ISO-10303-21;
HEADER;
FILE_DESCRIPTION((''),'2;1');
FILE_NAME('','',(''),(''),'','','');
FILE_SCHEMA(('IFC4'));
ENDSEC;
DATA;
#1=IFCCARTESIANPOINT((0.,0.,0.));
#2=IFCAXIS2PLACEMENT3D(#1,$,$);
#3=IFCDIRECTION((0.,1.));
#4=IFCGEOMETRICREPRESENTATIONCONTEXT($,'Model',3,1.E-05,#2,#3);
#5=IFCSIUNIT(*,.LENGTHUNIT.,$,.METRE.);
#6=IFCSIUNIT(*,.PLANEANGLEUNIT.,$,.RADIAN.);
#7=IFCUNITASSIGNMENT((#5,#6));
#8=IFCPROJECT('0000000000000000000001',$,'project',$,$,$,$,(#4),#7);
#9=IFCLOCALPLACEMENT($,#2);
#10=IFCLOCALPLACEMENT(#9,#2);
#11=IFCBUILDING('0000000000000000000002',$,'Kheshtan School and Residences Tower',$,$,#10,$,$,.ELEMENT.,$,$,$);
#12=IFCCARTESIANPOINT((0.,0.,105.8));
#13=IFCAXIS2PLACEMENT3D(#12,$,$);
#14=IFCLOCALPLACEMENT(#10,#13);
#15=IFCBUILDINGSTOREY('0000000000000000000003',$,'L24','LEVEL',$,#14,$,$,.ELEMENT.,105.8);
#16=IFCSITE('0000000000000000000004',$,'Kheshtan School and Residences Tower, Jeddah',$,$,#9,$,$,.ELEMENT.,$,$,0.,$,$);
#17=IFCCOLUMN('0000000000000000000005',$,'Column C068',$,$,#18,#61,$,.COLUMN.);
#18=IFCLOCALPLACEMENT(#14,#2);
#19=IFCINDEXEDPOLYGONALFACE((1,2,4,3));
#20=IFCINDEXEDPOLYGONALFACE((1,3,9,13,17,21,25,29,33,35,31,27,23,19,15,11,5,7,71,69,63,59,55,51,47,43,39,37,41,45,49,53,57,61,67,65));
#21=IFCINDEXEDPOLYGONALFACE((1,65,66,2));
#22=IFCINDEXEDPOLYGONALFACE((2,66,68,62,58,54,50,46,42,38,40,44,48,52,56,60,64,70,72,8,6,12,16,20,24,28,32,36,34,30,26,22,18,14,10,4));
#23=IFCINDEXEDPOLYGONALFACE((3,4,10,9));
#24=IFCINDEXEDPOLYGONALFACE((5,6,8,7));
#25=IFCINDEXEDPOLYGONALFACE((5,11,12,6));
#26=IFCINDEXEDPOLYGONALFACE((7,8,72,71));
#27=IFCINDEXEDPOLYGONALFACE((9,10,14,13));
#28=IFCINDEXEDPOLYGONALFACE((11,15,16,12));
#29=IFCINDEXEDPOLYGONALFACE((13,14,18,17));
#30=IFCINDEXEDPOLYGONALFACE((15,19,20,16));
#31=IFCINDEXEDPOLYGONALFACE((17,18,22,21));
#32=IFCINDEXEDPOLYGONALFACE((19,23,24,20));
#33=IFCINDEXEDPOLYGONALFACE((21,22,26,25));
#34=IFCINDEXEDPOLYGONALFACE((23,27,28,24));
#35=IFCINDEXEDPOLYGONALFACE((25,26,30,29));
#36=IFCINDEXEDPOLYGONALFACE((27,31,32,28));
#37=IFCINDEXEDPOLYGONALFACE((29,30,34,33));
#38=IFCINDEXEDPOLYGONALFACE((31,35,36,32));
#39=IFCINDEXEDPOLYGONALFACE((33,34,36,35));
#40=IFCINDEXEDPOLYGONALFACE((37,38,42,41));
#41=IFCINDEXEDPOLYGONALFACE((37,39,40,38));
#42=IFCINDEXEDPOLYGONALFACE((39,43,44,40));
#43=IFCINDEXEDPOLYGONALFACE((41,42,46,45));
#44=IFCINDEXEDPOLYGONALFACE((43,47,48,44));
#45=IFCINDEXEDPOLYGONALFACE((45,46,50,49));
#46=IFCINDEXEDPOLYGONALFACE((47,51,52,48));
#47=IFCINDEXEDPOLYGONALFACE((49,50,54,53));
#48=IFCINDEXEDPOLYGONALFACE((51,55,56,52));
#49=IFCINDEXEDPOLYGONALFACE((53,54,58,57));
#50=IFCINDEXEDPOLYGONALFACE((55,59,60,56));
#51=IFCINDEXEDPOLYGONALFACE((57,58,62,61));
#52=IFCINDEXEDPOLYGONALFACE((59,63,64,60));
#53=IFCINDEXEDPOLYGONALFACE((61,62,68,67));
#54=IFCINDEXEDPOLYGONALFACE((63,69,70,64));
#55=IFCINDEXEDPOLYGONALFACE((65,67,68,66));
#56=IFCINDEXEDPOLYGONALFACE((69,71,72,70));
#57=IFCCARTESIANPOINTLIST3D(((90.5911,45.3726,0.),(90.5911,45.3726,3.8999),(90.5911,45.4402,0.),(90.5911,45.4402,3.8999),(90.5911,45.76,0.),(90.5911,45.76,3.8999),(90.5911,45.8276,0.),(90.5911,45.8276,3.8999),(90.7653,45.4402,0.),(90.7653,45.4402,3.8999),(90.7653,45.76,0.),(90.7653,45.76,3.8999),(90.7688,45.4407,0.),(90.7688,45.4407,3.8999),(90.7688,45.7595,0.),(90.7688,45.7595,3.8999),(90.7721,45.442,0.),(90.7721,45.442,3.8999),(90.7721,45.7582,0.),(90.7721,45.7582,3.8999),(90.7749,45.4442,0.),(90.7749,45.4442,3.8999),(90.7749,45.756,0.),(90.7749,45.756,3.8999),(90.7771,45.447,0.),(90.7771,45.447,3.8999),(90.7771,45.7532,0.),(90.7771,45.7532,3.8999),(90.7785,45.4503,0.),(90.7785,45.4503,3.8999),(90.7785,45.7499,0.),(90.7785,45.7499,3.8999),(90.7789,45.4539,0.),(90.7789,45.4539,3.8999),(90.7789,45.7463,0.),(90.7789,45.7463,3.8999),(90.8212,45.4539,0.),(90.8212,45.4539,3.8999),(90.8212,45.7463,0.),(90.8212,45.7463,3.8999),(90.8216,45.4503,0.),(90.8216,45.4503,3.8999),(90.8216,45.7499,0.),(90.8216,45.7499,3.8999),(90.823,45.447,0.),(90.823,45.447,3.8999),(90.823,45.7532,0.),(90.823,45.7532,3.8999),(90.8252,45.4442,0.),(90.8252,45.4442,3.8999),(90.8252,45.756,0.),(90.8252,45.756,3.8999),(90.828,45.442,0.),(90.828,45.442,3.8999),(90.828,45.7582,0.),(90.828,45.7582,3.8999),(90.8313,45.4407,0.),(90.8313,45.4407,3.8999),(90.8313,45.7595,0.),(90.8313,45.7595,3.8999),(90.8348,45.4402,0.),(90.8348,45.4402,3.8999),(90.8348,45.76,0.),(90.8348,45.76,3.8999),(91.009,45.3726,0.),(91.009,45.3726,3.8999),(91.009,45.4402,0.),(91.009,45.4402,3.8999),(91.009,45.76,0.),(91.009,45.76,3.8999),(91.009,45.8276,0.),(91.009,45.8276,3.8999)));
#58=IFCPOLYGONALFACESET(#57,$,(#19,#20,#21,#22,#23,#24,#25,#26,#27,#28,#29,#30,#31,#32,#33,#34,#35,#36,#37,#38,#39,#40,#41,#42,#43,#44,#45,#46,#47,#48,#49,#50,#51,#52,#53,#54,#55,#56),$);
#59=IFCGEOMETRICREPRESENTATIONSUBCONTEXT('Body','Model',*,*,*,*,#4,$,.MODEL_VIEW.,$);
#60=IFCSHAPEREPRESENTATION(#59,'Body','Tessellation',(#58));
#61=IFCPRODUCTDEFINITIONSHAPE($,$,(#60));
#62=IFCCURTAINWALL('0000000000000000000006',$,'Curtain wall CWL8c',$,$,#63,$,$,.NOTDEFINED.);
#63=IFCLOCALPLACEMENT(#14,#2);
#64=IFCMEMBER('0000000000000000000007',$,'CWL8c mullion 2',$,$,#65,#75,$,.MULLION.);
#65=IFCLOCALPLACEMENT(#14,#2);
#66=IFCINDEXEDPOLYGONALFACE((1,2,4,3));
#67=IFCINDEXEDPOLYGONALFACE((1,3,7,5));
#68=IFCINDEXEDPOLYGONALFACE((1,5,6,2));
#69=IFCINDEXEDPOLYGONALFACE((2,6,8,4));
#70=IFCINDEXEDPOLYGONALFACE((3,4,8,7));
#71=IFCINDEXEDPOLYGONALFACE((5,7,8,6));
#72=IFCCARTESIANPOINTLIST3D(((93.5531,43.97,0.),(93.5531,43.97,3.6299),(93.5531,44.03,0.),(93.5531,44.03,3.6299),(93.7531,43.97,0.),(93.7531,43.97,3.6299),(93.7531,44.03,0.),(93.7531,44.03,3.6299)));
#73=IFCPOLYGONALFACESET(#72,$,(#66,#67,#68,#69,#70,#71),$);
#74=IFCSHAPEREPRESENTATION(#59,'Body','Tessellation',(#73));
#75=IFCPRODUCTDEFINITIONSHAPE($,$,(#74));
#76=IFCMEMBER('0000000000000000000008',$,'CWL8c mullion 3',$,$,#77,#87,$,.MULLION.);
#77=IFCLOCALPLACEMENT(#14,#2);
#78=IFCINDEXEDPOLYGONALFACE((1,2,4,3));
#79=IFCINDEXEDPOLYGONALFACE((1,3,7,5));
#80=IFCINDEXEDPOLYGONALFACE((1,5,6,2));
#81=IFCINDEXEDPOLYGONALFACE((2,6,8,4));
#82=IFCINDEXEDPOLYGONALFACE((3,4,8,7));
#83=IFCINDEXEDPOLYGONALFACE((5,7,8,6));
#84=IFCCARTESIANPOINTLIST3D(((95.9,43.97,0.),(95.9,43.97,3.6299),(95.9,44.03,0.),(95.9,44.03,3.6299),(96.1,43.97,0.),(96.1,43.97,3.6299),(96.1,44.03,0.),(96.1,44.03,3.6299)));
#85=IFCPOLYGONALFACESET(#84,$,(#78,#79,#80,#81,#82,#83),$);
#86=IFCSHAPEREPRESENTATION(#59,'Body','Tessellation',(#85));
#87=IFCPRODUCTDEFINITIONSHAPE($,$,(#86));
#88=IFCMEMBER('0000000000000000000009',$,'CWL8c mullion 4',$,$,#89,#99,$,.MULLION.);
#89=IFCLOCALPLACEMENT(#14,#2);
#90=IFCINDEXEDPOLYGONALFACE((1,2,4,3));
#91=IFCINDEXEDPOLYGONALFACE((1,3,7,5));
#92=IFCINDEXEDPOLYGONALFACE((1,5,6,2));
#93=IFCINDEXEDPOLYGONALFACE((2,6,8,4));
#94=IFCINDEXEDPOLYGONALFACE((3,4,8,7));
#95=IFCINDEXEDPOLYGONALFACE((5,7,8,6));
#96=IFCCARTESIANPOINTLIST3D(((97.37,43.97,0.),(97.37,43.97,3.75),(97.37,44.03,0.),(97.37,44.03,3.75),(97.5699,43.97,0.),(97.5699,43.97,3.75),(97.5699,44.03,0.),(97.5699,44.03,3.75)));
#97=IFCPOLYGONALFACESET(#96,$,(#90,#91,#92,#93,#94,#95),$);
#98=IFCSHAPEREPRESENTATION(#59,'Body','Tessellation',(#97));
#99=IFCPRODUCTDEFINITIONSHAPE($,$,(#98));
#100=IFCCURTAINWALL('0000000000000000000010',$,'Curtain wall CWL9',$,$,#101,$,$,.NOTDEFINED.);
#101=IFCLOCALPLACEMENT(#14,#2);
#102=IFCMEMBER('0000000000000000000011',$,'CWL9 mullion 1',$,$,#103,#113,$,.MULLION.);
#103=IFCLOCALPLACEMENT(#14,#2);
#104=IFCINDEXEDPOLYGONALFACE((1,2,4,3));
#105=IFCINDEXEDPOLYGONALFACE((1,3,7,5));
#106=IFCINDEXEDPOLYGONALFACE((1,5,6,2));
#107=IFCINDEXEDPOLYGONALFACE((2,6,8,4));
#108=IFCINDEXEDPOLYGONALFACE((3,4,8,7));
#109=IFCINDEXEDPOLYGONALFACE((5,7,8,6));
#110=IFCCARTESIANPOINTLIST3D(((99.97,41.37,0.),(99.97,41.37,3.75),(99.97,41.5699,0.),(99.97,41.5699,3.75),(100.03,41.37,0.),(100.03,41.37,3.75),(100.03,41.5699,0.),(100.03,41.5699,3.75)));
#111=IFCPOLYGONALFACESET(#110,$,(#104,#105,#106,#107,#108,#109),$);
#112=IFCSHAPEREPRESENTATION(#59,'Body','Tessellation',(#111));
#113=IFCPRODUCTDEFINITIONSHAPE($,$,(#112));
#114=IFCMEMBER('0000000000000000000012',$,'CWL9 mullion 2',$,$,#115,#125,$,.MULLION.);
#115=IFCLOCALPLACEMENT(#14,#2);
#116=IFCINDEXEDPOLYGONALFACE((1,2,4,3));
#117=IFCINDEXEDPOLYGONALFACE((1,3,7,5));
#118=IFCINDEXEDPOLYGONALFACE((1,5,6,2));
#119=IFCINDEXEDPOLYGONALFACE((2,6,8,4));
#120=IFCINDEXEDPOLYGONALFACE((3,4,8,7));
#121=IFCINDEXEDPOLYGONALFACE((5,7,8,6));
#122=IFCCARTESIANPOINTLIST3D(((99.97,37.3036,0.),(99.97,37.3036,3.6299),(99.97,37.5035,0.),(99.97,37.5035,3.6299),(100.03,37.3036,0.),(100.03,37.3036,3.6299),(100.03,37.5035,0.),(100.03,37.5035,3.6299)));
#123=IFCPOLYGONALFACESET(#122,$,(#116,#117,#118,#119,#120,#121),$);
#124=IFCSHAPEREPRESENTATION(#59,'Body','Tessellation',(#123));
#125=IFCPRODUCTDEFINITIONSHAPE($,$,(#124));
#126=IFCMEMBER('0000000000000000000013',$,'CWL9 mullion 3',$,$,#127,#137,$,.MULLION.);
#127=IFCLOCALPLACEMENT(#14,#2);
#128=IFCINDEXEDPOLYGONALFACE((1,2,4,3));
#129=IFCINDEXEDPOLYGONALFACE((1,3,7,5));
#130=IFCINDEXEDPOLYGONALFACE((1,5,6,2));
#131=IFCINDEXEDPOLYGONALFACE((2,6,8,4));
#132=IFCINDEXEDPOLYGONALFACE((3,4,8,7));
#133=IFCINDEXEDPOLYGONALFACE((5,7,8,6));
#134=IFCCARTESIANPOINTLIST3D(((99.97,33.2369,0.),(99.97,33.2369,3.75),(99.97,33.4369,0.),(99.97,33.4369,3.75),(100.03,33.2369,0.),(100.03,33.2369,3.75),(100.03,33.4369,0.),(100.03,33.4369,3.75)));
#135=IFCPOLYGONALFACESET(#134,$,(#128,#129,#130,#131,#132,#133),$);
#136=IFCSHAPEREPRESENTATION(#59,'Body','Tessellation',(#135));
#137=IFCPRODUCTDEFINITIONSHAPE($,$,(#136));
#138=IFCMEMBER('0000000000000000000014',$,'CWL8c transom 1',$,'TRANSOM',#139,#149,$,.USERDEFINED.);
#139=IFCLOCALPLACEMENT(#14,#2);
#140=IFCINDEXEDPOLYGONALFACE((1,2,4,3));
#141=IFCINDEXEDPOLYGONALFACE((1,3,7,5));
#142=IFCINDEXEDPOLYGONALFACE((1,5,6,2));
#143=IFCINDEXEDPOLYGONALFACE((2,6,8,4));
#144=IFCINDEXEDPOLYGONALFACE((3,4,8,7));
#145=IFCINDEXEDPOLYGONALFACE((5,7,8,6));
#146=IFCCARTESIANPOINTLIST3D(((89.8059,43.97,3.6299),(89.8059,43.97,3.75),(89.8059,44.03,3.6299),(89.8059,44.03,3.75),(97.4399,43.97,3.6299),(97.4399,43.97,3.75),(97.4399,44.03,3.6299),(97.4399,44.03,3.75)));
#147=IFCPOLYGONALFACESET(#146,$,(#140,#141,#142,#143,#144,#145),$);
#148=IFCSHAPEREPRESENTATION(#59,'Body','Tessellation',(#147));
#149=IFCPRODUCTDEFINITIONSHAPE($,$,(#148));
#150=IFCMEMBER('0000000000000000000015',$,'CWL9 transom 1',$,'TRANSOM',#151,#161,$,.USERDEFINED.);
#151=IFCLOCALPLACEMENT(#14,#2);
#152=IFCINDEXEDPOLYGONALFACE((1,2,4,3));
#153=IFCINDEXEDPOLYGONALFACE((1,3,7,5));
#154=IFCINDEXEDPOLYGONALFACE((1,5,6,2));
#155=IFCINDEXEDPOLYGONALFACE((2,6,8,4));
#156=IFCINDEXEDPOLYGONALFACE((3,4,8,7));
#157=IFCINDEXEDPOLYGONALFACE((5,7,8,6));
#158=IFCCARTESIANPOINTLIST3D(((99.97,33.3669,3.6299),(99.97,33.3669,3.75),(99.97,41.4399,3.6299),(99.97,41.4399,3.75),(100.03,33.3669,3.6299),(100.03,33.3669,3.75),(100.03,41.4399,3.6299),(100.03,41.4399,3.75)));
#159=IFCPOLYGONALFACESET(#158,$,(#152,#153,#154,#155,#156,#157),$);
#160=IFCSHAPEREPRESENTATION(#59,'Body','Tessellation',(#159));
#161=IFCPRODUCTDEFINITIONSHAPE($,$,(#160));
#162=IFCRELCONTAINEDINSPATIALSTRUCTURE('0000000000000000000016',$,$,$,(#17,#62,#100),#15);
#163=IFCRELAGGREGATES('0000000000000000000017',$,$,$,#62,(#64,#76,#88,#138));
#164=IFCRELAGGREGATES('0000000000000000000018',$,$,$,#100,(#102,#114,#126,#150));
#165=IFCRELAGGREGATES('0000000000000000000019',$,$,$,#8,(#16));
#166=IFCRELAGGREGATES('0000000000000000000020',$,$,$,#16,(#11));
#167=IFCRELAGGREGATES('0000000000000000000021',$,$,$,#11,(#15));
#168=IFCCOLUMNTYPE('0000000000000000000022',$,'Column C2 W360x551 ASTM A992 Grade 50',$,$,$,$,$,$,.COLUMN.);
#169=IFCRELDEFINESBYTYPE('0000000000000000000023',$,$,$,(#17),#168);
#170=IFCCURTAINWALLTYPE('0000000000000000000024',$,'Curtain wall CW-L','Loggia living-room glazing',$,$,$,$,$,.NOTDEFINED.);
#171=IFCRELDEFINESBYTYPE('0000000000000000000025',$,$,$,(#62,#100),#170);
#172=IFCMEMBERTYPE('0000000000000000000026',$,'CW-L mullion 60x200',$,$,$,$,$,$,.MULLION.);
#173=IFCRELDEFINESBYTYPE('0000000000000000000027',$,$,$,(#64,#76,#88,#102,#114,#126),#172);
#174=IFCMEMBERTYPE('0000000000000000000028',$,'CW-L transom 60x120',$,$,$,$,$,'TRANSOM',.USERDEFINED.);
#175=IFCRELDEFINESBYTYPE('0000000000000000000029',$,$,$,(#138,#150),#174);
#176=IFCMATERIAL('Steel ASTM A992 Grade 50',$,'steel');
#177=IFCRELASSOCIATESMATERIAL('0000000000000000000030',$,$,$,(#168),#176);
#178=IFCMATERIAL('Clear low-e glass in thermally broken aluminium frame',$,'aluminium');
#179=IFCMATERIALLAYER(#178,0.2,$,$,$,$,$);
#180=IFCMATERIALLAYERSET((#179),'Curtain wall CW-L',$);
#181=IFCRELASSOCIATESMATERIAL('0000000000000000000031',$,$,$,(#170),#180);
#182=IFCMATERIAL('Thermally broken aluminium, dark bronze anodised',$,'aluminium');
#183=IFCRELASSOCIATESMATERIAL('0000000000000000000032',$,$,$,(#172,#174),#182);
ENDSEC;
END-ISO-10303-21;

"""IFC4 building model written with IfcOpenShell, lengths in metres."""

from ifc_helpers import new_model, si_unit, direction, frame, origin, origin_2d, place, context, subcontext, project, spatial, rectangle, i_section, extrude, material, layer, layer_set, material_profile, profile_set, type_object, element, aggregate, save


model = new_model("IFC4")

# Units and contexts
model_context = context("Model", 3, precision=1e-05, world=origin(), true_north=direction((0.0, 1.0)))
body_context = subcontext(model_context, "Body", "Model", "MODEL_VIEW")
ifc_project = project(units=[si_unit("LENGTHUNIT", "METRE"), si_unit("PLANEANGLEUNIT", "RADIAN")], contexts=[model_context])

# Site, building, storey
site_placement = place(None, origin())
site = spatial("IfcSite", under=ifc_project, at=site_placement, Name="Kheshtan School and Residences Tower, Jeddah", CompositionType="ELEMENT", RefElevation=0.0)
building_placement = place(site_placement, origin())
building = spatial("IfcBuilding", under=site, at=building_placement, Name="Kheshtan School and Residences Tower", CompositionType="ELEMENT")
storey_placement = place(building_placement, frame((0.0, 0.0, 105.8)))
storey = spatial("IfcBuildingStorey", under=building, at=storey_placement, Name="L24", Description="LEVEL", CompositionType="ELEMENT", Elevation=105.8)

# Column
ifc_material_1 = material(Name="Steel ASTM A992 Grade 50", Category="steel")
ifc_material_profile_1 = material_profile(ifc_material_1, i_section(OverallWidth=0.418, OverallDepth=0.4551, WebThickness=0.0422, FlangeThickness=0.0676, FilletRadius=0.0137, at=origin_2d()), Name="W360x551")
ifc_profile_set_1 = profile_set([ifc_material_profile_1], Name="Steel ASTM A992 Grade 50")
column_type = type_object("IfcColumnType", Name="Column C2 W360x551 ASTM A992 Grade 50", PredefinedType="COLUMN", material=ifc_profile_set_1)
column_placement = place(storey_placement, frame((90.8, 45.6001, 0.0), z_axis=(0.0, 0.0, 1.0), x_axis=(1.0, 0.0, 0.0)))
element("IfcColumn", 1, at=column_placement, inside=storey, type_object=column_type, Name="Column C068", PredefinedType="COLUMN", context=body_context, shape_type="SweptSolid", body=[
    extrude(i_section(OverallWidth=0.418, OverallDepth=0.4551, WebThickness=0.0422, FlangeThickness=0.0676, FilletRadius=0.0137, at=origin_2d()), origin(), (0.0, 0.0, 1.0), 3.8999),
])

# Curtain walls, members
ifc_material_2 = material(Name="Clear low-e glass in thermally broken aluminium frame", Category="aluminium")
ifc_layer_1 = layer(ifc_material_2, 0.2)
ifc_layer_set_1 = layer_set([ifc_layer_1], Name="Curtain wall CW-L")
curtain_wall_type = type_object("IfcCurtainWallType", Name="Curtain wall CW-L", Description="Loggia living-room glazing", PredefinedType="NOTDEFINED", material=ifc_layer_set_1)
curtain_wall_1_placement = place(storey_placement, origin())
curtain_wall_1 = element("IfcCurtainWall", 2, at=curtain_wall_1_placement, inside=storey, type_object=curtain_wall_type, Name="Curtain wall CWL8c", PredefinedType="NOTDEFINED")
ifc_material_3 = material(Name="Thermally broken aluminium, dark bronze anodised", Category="aluminium")
ifc_material_profile_2 = material_profile(ifc_material_3, rectangle(XDim=0.0601, YDim=0.2, at=origin_2d()), Name="CW-L mullion 60x200")
ifc_profile_set_2 = profile_set([ifc_material_profile_2], Name="Thermally broken aluminium, dark bronze anodised")
member_type_1 = type_object("IfcMemberType", Name="CW-L mullion 60x200", PredefinedType="MULLION", material=ifc_profile_set_2)
member_1_placement = place(storey_placement, frame((93.6531, 44.0, 0.0), z_axis=(0.0, 0.0, 1.0), x_axis=(0.0, 1.0, 0.0)))
member_1 = element("IfcMember", 3, at=member_1_placement, type_object=member_type_1, Name="CWL8c mullion 2", PredefinedType="MULLION", context=body_context, shape_type="SweptSolid", body=[
    extrude(rectangle(XDim=0.0601, YDim=0.2, at=origin_2d()), origin(), (0.0, 0.0, 1.0), 3.6299),
])
member_2_placement = place(storey_placement, frame((96.0, 44.0, 0.0), z_axis=(0.0, 0.0, 1.0), x_axis=(0.0, 1.0, 0.0)))
member_2 = element("IfcMember", 4, at=member_2_placement, type_object=member_type_1, Name="CWL8c mullion 3", PredefinedType="MULLION", context=body_context, shape_type="SweptSolid", body=[
    extrude(rectangle(XDim=0.0601, YDim=0.2, at=origin_2d()), origin(), (0.0, 0.0, 1.0), 3.6299),
])
member_3_placement = place(storey_placement, frame((97.47, 44.0, 0.0), z_axis=(0.0, 0.0, 1.0), x_axis=(0.0, 1.0, 0.0)))
member_3 = element("IfcMember", 5, at=member_3_placement, type_object=member_type_1, Name="CWL8c mullion 4", PredefinedType="MULLION", context=body_context, shape_type="SweptSolid", body=[
    extrude(rectangle(XDim=0.0601, YDim=0.2, at=origin_2d()), origin(), (0.0, 0.0, 1.0), 3.75),
])
curtain_wall_2_placement = place(storey_placement, origin())
curtain_wall_2 = element("IfcCurtainWall", 6, at=curtain_wall_2_placement, inside=storey, type_object=curtain_wall_type, Name="Curtain wall CWL9", PredefinedType="NOTDEFINED")
member_4_placement = place(storey_placement, frame((100.0, 41.47, 0.0), z_axis=(0.0, 0.0, 1.0), x_axis=(1.0, 0.0, 0.0)))
member_4 = element("IfcMember", 7, at=member_4_placement, type_object=member_type_1, Name="CWL9 mullion 1", PredefinedType="MULLION", context=body_context, shape_type="SweptSolid", body=[
    extrude(rectangle(XDim=0.0601, YDim=0.2, at=origin_2d()), origin(), (0.0, 0.0, 1.0), 3.75),
])
member_5_placement = place(storey_placement, frame((100.0, 37.4036, 0.0), z_axis=(0.0, 0.0, 1.0), x_axis=(1.0, 0.0, 0.0)))
member_5 = element("IfcMember", 8, at=member_5_placement, type_object=member_type_1, Name="CWL9 mullion 2", PredefinedType="MULLION", context=body_context, shape_type="SweptSolid", body=[
    extrude(rectangle(XDim=0.0601, YDim=0.2, at=origin_2d()), origin(), (0.0, 0.0, 1.0), 3.6299),
])
member_6_placement = place(storey_placement, frame((100.0, 33.3369, 0.0), z_axis=(0.0, 0.0, 1.0), x_axis=(1.0, 0.0, 0.0)))
member_6 = element("IfcMember", 9, at=member_6_placement, type_object=member_type_1, Name="CWL9 mullion 3", PredefinedType="MULLION", context=body_context, shape_type="SweptSolid", body=[
    extrude(rectangle(XDim=0.0601, YDim=0.2, at=origin_2d()), origin(), (0.0, 0.0, 1.0), 3.75),
])

# Members
ifc_material_profile_3 = material_profile(ifc_material_3, rectangle(XDim=0.0601, YDim=0.1201, at=origin_2d()), Name="CW-L transom 60x120")
ifc_profile_set_3 = profile_set([ifc_material_profile_3], Name="Thermally broken aluminium, dark bronze anodised")
member_type_2 = type_object("IfcMemberType", Name="CW-L transom 60x120", ElementType="TRANSOM", PredefinedType="USERDEFINED", material=ifc_profile_set_3)
member_7_placement = place(storey_placement, frame((89.8059, 44.0, 3.6899), z_axis=(1.0, 0.0, 0.0), x_axis=(0.0, 1.0, 0.0)))
member_7 = element("IfcMember", 10, at=member_7_placement, type_object=member_type_2, Name="CWL8c transom 1", ObjectType="TRANSOM", PredefinedType="USERDEFINED", context=body_context, shape_type="SweptSolid", body=[
    extrude(rectangle(XDim=0.0601, YDim=0.1201, at=origin_2d()), origin(), (0.0, 0.0, 1.0), 7.634),
])
member_8_placement = place(storey_placement, frame((100.0, 41.4399, 3.6899), z_axis=(0.0, -1.0, 0.0), x_axis=(1.0, 0.0, 0.0)))
member_8 = element("IfcMember", 11, at=member_8_placement, type_object=member_type_2, Name="CWL9 transom 1", ObjectType="TRANSOM", PredefinedType="USERDEFINED", context=body_context, shape_type="SweptSolid", body=[
    extrude(rectangle(XDim=0.0601, YDim=0.1201, at=origin_2d()), origin(), (0.0, 0.0, 1.0), 8.073),
])

aggregate(curtain_wall_1, [member_1, member_2, member_3, member_7])
aggregate(curtain_wall_2, [member_4, member_5, member_6, member_8])

save(model, "model.ifc")
